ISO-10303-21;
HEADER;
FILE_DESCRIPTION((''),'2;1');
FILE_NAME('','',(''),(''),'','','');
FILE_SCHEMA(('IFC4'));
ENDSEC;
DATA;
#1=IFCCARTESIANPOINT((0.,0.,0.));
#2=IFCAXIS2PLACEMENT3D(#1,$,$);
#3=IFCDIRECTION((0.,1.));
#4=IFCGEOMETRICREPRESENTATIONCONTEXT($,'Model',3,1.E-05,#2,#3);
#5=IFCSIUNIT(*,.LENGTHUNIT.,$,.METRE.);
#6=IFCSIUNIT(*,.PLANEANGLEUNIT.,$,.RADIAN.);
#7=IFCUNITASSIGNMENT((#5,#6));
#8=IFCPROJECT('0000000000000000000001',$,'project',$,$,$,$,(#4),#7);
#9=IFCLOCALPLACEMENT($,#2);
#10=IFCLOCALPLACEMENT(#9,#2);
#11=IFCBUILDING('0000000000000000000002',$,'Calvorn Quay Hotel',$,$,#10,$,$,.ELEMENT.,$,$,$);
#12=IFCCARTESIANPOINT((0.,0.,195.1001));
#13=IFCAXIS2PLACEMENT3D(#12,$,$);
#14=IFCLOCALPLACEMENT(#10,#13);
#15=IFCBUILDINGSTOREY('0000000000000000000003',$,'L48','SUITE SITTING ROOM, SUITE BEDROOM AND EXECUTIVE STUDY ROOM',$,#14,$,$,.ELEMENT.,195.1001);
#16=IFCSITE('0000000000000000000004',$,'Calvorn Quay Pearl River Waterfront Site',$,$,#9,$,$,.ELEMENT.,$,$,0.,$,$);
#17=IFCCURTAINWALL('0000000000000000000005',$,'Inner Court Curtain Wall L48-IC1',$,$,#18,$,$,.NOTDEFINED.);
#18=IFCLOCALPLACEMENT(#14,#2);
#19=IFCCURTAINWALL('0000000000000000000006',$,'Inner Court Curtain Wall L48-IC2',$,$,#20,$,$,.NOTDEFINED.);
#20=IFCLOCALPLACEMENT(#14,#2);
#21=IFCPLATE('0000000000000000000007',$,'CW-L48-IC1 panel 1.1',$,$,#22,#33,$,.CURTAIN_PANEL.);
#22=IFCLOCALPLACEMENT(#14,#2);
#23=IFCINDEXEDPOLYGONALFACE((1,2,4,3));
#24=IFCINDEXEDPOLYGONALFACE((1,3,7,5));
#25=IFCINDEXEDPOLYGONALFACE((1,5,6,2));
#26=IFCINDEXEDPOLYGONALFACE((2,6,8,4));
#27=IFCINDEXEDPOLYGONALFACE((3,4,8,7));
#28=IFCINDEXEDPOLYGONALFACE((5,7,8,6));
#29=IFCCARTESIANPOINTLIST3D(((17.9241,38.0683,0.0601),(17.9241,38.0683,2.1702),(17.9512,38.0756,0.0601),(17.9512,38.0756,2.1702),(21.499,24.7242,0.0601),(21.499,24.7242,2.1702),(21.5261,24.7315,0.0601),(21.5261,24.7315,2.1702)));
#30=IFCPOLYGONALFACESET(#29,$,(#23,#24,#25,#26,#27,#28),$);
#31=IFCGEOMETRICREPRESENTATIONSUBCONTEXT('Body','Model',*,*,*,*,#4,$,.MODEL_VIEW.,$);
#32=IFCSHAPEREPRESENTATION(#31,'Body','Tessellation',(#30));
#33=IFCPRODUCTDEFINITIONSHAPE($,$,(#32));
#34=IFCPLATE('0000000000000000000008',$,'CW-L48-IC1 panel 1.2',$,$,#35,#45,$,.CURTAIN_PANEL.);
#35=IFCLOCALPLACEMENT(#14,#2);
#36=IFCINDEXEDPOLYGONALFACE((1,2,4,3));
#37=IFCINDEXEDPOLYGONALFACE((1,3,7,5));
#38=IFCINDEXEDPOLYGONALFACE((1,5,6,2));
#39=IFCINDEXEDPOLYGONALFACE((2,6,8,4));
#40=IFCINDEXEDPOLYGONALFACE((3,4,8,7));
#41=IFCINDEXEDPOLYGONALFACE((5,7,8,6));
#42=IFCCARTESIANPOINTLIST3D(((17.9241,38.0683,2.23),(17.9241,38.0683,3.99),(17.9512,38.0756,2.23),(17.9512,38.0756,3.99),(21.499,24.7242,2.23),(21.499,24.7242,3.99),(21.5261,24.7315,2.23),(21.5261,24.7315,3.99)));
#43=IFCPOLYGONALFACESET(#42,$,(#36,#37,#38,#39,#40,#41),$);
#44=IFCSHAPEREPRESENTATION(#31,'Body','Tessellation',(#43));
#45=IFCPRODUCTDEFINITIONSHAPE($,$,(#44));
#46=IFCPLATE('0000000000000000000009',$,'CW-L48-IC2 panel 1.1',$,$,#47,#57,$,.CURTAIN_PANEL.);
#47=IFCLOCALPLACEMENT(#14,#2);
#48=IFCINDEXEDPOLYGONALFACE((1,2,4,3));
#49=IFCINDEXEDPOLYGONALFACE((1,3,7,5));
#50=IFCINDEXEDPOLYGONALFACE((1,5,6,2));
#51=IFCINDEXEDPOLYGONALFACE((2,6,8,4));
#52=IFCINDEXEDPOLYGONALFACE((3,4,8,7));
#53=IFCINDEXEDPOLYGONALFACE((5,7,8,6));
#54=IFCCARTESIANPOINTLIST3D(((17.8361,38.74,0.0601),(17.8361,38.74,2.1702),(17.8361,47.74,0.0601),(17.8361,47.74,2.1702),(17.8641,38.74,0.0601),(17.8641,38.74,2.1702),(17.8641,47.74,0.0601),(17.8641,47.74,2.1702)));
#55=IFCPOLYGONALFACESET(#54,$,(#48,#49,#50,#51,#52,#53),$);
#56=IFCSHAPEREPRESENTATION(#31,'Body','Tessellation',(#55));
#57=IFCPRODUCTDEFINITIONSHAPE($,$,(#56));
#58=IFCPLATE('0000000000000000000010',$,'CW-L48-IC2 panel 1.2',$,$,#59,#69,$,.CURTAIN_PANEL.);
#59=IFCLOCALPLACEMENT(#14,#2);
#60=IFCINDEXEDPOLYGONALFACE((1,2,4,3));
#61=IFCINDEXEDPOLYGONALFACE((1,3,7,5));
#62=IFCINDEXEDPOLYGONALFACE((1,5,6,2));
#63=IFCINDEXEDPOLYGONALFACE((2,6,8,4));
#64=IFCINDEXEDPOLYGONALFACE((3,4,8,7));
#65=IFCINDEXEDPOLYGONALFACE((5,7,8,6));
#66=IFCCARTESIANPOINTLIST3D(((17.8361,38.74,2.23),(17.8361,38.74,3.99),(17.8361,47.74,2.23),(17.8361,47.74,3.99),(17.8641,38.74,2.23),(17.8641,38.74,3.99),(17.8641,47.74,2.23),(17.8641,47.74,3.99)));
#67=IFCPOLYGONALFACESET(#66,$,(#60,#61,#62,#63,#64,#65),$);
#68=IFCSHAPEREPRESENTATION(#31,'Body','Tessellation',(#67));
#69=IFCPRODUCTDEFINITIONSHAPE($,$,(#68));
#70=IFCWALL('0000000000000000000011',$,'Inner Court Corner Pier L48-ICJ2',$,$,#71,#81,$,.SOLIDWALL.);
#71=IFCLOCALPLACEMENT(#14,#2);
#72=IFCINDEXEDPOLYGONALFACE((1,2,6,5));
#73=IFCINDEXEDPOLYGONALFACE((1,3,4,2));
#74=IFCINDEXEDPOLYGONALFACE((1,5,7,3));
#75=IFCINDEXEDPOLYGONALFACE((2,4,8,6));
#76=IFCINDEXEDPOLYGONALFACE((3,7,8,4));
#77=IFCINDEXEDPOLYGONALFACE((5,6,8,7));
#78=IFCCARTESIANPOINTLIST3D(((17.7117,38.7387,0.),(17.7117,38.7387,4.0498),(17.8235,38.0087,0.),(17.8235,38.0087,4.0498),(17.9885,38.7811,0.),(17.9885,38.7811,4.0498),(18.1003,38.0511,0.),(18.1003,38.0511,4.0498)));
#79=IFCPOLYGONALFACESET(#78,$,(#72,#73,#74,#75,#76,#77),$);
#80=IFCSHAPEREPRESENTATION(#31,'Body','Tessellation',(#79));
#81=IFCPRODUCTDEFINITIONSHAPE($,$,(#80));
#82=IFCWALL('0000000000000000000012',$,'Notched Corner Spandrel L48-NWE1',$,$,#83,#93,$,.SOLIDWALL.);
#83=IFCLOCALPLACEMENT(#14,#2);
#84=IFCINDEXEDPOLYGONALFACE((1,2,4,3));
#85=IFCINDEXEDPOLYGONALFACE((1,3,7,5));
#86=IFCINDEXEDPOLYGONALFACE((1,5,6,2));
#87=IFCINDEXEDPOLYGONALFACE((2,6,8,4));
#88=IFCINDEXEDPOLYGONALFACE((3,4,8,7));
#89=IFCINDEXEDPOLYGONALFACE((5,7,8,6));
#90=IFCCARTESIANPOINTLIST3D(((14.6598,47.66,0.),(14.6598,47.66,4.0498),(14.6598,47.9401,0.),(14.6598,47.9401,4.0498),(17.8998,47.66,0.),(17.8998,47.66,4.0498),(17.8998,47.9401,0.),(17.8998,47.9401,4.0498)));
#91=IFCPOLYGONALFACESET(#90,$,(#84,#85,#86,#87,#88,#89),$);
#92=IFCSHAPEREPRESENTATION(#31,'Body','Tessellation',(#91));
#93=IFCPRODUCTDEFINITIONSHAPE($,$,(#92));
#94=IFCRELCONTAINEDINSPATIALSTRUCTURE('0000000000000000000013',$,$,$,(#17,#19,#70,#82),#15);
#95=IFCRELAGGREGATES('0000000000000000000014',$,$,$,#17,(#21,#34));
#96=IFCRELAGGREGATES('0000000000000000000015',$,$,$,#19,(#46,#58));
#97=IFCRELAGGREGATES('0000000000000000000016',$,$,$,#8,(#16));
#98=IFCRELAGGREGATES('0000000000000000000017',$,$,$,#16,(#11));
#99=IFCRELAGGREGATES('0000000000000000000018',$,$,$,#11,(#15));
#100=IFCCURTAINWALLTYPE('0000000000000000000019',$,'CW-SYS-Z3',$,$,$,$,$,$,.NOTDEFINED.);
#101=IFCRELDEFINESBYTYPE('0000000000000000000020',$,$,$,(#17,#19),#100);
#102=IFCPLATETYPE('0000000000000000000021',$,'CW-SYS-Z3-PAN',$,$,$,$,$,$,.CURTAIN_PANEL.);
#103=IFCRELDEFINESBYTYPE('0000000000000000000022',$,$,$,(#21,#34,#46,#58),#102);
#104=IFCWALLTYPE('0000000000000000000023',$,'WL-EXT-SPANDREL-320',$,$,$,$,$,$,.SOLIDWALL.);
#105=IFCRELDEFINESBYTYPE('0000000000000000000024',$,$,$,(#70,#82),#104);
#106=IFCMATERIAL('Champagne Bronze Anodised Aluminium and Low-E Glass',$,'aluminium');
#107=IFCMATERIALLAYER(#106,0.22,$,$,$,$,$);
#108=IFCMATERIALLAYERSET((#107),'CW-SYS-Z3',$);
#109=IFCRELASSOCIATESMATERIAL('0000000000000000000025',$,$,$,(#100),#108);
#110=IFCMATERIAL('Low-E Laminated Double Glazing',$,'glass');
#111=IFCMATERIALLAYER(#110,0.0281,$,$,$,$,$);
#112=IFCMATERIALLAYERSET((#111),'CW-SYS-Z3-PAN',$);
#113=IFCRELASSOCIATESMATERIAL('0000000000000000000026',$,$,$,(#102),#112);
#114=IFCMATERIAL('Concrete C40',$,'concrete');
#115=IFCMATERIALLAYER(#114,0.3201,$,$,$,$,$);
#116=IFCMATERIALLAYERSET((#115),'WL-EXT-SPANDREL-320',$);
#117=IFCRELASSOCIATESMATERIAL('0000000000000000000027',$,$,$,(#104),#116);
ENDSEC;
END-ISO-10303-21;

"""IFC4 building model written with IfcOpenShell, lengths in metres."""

from ifc_helpers import new_model, si_unit, direction, frame, frame_2d, origin, origin_2d, place, context, subcontext, project, spatial, rectangle, extrude, material, layer, layer_set, type_object, element, aggregate, save


model = new_model("IFC4")

# Units and contexts
model_context = context("Model", 3, precision=1e-05, world=origin(), true_north=direction((0.0, 1.0)))
body_context = subcontext(model_context, "Body", "Model", "MODEL_VIEW")
ifc_project = project(units=[si_unit("LENGTHUNIT", "METRE"), si_unit("PLANEANGLEUNIT", "RADIAN")], contexts=[model_context])

# Site, building, storey
site_placement = place(None, origin())
site = spatial("IfcSite", under=ifc_project, at=site_placement, Name="Calvorn Quay Pearl River Waterfront Site", CompositionType="ELEMENT", RefElevation=0.0)
building_placement = place(site_placement, origin())
building = spatial("IfcBuilding", under=site, at=building_placement, Name="Calvorn Quay Hotel", CompositionType="ELEMENT")
storey_placement = place(building_placement, frame((0.0, 0.0, 195.1001)))
storey = spatial("IfcBuildingStorey", under=building, at=storey_placement, Name="L48", Description="SUITE SITTING ROOM, SUITE BEDROOM AND EXECUTIVE STUDY ROOM", CompositionType="ELEMENT", Elevation=195.1001)

# Curtain wall
ifc_material_1 = material(Name="Champagne Bronze Anodised Aluminium and Low-E Glass", Category="aluminium")
ifc_layer_1 = layer(ifc_material_1, 0.22)
ifc_layer_set_1 = layer_set([ifc_layer_1], Name="CW-SYS-Z3")
curtain_wall_type = type_object("IfcCurtainWallType", Name="CW-SYS-Z3", PredefinedType="NOTDEFINED", material=ifc_layer_set_1)
curtain_wall_1_placement = place(storey_placement, origin())
curtain_wall_1 = element("IfcCurtainWall", 1, at=curtain_wall_1_placement, inside=storey, type_object=curtain_wall_type, Name="Inner Court Curtain Wall L48-IC1", PredefinedType="NOTDEFINED")

# Curtain wall
curtain_wall_2_placement = place(storey_placement, origin())
curtain_wall_2 = element("IfcCurtainWall", 2, at=curtain_wall_2_placement, inside=storey, type_object=curtain_wall_type, Name="Inner Court Curtain Wall L48-IC2", PredefinedType="NOTDEFINED")

# Plates
ifc_material_2 = material(Name="Low-E Laminated Double Glazing", Category="glass")
ifc_layer_2 = layer(ifc_material_2, 0.0281)
ifc_layer_set_2 = layer_set([ifc_layer_2], Name="CW-SYS-Z3-PAN")
plate_type = type_object("IfcPlateType", Name="CW-SYS-Z3-PAN", PredefinedType="CURTAIN_PANEL", material=ifc_layer_set_2)
plate_1_placement = place(storey_placement, frame((19.7251, 31.3999, 0.0601), z_axis=(0.0, 0.0, 1.0), x_axis=(-0.258779, 0.965937, 0.0)))
plate_1 = element("IfcPlate", 3, at=plate_1_placement, type_object=plate_type, Name="CW-L48-IC1 panel 1.1", PredefinedType="CURTAIN_PANEL", context=body_context, shape_type="SweptSolid", body=[
    extrude(rectangle(XDim=13.8147, YDim=0.0281, at=origin_2d()), origin(), (0.0, 0.0, 1.0), 2.1101),
])
plate_2_placement = place(storey_placement, frame((19.7251, 31.3999, 2.23), z_axis=(0.0, 0.0, 1.0), x_axis=(-0.258779, 0.965937, 0.0)))
plate_2 = element("IfcPlate", 4, at=plate_2_placement, type_object=plate_type, Name="CW-L48-IC1 panel 1.2", PredefinedType="CURTAIN_PANEL", context=body_context, shape_type="SweptSolid", body=[
    extrude(rectangle(XDim=13.8147, YDim=0.0281, at=origin_2d()), origin(), (0.0, 0.0, 1.0), 1.76),
])
aggregate(curtain_wall_1, [plate_1, plate_2])
plate_3_placement = place(storey_placement, frame((17.8501, 43.24, 0.0601), z_axis=(0.0, 0.0, 1.0), x_axis=(0.0, 1.0, 0.0)))
plate_3 = element("IfcPlate", 5, at=plate_3_placement, type_object=plate_type, Name="CW-L48-IC2 panel 1.1", PredefinedType="CURTAIN_PANEL", context=body_context, shape_type="SweptSolid", body=[
    extrude(rectangle(XDim=9.0, YDim=0.0281, at=origin_2d()), origin(), (0.0, 0.0, 1.0), 2.1101),
])
plate_4_placement = place(storey_placement, frame((17.8501, 43.24, 2.23), z_axis=(0.0, 0.0, 1.0), x_axis=(0.0, 1.0, 0.0)))
plate_4 = element("IfcPlate", 6, at=plate_4_placement, type_object=plate_type, Name="CW-L48-IC2 panel 1.2", PredefinedType="CURTAIN_PANEL", context=body_context, shape_type="SweptSolid", body=[
    extrude(rectangle(XDim=9.0, YDim=0.0281, at=origin_2d()), origin(), (0.0, 0.0, 1.0), 1.76),
])
aggregate(curtain_wall_2, [plate_3, plate_4])

# Walls
ifc_material_3 = material(Name="Concrete C40", Category="concrete")
ifc_layer_3 = layer(ifc_material_3, 0.3201)
ifc_layer_set_3 = layer_set([ifc_layer_3], Name="WL-EXT-SPANDREL-320")
wall_type = type_object("IfcWallType", Name="WL-EXT-SPANDREL-320", PredefinedType="SOLIDWALL", material=ifc_layer_set_3)
wall_1_placement = place(storey_placement, frame((17.9619, 38.03, 0.0), z_axis=(0.0, 0.0, 1.0), x_axis=(-0.151411, 0.988471, 0.0)))
element("IfcWall", 7, at=wall_1_placement, inside=storey, type_object=wall_type, Name="Inner Court Corner Pier L48-ICJ2", PredefinedType="SOLIDWALL", context=body_context, shape_type="SweptSolid", body=[
    extrude(rectangle(XDim=0.7385, YDim=0.28, at=frame_2d((0.3691, 0.0))), origin(), (0.0, 0.0, 1.0), 4.0498),
])
wall_2_placement = place(storey_placement, frame((17.8999, 47.8, 0.0), z_axis=(0.0, 0.0, 1.0), x_axis=(-1.0, 0.0, 0.0)))
element("IfcWall", 8, at=wall_2_placement, inside=storey, type_object=wall_type, Name="Notched Corner Spandrel L48-NWE1", PredefinedType="SOLIDWALL", context=body_context, shape_type="SweptSolid", body=[
    extrude(rectangle(XDim=3.24, YDim=0.28, at=frame_2d((1.6201, 0.0))), origin(), (0.0, 0.0, 1.0), 4.0498),
])

save(model, "model.ifc")
